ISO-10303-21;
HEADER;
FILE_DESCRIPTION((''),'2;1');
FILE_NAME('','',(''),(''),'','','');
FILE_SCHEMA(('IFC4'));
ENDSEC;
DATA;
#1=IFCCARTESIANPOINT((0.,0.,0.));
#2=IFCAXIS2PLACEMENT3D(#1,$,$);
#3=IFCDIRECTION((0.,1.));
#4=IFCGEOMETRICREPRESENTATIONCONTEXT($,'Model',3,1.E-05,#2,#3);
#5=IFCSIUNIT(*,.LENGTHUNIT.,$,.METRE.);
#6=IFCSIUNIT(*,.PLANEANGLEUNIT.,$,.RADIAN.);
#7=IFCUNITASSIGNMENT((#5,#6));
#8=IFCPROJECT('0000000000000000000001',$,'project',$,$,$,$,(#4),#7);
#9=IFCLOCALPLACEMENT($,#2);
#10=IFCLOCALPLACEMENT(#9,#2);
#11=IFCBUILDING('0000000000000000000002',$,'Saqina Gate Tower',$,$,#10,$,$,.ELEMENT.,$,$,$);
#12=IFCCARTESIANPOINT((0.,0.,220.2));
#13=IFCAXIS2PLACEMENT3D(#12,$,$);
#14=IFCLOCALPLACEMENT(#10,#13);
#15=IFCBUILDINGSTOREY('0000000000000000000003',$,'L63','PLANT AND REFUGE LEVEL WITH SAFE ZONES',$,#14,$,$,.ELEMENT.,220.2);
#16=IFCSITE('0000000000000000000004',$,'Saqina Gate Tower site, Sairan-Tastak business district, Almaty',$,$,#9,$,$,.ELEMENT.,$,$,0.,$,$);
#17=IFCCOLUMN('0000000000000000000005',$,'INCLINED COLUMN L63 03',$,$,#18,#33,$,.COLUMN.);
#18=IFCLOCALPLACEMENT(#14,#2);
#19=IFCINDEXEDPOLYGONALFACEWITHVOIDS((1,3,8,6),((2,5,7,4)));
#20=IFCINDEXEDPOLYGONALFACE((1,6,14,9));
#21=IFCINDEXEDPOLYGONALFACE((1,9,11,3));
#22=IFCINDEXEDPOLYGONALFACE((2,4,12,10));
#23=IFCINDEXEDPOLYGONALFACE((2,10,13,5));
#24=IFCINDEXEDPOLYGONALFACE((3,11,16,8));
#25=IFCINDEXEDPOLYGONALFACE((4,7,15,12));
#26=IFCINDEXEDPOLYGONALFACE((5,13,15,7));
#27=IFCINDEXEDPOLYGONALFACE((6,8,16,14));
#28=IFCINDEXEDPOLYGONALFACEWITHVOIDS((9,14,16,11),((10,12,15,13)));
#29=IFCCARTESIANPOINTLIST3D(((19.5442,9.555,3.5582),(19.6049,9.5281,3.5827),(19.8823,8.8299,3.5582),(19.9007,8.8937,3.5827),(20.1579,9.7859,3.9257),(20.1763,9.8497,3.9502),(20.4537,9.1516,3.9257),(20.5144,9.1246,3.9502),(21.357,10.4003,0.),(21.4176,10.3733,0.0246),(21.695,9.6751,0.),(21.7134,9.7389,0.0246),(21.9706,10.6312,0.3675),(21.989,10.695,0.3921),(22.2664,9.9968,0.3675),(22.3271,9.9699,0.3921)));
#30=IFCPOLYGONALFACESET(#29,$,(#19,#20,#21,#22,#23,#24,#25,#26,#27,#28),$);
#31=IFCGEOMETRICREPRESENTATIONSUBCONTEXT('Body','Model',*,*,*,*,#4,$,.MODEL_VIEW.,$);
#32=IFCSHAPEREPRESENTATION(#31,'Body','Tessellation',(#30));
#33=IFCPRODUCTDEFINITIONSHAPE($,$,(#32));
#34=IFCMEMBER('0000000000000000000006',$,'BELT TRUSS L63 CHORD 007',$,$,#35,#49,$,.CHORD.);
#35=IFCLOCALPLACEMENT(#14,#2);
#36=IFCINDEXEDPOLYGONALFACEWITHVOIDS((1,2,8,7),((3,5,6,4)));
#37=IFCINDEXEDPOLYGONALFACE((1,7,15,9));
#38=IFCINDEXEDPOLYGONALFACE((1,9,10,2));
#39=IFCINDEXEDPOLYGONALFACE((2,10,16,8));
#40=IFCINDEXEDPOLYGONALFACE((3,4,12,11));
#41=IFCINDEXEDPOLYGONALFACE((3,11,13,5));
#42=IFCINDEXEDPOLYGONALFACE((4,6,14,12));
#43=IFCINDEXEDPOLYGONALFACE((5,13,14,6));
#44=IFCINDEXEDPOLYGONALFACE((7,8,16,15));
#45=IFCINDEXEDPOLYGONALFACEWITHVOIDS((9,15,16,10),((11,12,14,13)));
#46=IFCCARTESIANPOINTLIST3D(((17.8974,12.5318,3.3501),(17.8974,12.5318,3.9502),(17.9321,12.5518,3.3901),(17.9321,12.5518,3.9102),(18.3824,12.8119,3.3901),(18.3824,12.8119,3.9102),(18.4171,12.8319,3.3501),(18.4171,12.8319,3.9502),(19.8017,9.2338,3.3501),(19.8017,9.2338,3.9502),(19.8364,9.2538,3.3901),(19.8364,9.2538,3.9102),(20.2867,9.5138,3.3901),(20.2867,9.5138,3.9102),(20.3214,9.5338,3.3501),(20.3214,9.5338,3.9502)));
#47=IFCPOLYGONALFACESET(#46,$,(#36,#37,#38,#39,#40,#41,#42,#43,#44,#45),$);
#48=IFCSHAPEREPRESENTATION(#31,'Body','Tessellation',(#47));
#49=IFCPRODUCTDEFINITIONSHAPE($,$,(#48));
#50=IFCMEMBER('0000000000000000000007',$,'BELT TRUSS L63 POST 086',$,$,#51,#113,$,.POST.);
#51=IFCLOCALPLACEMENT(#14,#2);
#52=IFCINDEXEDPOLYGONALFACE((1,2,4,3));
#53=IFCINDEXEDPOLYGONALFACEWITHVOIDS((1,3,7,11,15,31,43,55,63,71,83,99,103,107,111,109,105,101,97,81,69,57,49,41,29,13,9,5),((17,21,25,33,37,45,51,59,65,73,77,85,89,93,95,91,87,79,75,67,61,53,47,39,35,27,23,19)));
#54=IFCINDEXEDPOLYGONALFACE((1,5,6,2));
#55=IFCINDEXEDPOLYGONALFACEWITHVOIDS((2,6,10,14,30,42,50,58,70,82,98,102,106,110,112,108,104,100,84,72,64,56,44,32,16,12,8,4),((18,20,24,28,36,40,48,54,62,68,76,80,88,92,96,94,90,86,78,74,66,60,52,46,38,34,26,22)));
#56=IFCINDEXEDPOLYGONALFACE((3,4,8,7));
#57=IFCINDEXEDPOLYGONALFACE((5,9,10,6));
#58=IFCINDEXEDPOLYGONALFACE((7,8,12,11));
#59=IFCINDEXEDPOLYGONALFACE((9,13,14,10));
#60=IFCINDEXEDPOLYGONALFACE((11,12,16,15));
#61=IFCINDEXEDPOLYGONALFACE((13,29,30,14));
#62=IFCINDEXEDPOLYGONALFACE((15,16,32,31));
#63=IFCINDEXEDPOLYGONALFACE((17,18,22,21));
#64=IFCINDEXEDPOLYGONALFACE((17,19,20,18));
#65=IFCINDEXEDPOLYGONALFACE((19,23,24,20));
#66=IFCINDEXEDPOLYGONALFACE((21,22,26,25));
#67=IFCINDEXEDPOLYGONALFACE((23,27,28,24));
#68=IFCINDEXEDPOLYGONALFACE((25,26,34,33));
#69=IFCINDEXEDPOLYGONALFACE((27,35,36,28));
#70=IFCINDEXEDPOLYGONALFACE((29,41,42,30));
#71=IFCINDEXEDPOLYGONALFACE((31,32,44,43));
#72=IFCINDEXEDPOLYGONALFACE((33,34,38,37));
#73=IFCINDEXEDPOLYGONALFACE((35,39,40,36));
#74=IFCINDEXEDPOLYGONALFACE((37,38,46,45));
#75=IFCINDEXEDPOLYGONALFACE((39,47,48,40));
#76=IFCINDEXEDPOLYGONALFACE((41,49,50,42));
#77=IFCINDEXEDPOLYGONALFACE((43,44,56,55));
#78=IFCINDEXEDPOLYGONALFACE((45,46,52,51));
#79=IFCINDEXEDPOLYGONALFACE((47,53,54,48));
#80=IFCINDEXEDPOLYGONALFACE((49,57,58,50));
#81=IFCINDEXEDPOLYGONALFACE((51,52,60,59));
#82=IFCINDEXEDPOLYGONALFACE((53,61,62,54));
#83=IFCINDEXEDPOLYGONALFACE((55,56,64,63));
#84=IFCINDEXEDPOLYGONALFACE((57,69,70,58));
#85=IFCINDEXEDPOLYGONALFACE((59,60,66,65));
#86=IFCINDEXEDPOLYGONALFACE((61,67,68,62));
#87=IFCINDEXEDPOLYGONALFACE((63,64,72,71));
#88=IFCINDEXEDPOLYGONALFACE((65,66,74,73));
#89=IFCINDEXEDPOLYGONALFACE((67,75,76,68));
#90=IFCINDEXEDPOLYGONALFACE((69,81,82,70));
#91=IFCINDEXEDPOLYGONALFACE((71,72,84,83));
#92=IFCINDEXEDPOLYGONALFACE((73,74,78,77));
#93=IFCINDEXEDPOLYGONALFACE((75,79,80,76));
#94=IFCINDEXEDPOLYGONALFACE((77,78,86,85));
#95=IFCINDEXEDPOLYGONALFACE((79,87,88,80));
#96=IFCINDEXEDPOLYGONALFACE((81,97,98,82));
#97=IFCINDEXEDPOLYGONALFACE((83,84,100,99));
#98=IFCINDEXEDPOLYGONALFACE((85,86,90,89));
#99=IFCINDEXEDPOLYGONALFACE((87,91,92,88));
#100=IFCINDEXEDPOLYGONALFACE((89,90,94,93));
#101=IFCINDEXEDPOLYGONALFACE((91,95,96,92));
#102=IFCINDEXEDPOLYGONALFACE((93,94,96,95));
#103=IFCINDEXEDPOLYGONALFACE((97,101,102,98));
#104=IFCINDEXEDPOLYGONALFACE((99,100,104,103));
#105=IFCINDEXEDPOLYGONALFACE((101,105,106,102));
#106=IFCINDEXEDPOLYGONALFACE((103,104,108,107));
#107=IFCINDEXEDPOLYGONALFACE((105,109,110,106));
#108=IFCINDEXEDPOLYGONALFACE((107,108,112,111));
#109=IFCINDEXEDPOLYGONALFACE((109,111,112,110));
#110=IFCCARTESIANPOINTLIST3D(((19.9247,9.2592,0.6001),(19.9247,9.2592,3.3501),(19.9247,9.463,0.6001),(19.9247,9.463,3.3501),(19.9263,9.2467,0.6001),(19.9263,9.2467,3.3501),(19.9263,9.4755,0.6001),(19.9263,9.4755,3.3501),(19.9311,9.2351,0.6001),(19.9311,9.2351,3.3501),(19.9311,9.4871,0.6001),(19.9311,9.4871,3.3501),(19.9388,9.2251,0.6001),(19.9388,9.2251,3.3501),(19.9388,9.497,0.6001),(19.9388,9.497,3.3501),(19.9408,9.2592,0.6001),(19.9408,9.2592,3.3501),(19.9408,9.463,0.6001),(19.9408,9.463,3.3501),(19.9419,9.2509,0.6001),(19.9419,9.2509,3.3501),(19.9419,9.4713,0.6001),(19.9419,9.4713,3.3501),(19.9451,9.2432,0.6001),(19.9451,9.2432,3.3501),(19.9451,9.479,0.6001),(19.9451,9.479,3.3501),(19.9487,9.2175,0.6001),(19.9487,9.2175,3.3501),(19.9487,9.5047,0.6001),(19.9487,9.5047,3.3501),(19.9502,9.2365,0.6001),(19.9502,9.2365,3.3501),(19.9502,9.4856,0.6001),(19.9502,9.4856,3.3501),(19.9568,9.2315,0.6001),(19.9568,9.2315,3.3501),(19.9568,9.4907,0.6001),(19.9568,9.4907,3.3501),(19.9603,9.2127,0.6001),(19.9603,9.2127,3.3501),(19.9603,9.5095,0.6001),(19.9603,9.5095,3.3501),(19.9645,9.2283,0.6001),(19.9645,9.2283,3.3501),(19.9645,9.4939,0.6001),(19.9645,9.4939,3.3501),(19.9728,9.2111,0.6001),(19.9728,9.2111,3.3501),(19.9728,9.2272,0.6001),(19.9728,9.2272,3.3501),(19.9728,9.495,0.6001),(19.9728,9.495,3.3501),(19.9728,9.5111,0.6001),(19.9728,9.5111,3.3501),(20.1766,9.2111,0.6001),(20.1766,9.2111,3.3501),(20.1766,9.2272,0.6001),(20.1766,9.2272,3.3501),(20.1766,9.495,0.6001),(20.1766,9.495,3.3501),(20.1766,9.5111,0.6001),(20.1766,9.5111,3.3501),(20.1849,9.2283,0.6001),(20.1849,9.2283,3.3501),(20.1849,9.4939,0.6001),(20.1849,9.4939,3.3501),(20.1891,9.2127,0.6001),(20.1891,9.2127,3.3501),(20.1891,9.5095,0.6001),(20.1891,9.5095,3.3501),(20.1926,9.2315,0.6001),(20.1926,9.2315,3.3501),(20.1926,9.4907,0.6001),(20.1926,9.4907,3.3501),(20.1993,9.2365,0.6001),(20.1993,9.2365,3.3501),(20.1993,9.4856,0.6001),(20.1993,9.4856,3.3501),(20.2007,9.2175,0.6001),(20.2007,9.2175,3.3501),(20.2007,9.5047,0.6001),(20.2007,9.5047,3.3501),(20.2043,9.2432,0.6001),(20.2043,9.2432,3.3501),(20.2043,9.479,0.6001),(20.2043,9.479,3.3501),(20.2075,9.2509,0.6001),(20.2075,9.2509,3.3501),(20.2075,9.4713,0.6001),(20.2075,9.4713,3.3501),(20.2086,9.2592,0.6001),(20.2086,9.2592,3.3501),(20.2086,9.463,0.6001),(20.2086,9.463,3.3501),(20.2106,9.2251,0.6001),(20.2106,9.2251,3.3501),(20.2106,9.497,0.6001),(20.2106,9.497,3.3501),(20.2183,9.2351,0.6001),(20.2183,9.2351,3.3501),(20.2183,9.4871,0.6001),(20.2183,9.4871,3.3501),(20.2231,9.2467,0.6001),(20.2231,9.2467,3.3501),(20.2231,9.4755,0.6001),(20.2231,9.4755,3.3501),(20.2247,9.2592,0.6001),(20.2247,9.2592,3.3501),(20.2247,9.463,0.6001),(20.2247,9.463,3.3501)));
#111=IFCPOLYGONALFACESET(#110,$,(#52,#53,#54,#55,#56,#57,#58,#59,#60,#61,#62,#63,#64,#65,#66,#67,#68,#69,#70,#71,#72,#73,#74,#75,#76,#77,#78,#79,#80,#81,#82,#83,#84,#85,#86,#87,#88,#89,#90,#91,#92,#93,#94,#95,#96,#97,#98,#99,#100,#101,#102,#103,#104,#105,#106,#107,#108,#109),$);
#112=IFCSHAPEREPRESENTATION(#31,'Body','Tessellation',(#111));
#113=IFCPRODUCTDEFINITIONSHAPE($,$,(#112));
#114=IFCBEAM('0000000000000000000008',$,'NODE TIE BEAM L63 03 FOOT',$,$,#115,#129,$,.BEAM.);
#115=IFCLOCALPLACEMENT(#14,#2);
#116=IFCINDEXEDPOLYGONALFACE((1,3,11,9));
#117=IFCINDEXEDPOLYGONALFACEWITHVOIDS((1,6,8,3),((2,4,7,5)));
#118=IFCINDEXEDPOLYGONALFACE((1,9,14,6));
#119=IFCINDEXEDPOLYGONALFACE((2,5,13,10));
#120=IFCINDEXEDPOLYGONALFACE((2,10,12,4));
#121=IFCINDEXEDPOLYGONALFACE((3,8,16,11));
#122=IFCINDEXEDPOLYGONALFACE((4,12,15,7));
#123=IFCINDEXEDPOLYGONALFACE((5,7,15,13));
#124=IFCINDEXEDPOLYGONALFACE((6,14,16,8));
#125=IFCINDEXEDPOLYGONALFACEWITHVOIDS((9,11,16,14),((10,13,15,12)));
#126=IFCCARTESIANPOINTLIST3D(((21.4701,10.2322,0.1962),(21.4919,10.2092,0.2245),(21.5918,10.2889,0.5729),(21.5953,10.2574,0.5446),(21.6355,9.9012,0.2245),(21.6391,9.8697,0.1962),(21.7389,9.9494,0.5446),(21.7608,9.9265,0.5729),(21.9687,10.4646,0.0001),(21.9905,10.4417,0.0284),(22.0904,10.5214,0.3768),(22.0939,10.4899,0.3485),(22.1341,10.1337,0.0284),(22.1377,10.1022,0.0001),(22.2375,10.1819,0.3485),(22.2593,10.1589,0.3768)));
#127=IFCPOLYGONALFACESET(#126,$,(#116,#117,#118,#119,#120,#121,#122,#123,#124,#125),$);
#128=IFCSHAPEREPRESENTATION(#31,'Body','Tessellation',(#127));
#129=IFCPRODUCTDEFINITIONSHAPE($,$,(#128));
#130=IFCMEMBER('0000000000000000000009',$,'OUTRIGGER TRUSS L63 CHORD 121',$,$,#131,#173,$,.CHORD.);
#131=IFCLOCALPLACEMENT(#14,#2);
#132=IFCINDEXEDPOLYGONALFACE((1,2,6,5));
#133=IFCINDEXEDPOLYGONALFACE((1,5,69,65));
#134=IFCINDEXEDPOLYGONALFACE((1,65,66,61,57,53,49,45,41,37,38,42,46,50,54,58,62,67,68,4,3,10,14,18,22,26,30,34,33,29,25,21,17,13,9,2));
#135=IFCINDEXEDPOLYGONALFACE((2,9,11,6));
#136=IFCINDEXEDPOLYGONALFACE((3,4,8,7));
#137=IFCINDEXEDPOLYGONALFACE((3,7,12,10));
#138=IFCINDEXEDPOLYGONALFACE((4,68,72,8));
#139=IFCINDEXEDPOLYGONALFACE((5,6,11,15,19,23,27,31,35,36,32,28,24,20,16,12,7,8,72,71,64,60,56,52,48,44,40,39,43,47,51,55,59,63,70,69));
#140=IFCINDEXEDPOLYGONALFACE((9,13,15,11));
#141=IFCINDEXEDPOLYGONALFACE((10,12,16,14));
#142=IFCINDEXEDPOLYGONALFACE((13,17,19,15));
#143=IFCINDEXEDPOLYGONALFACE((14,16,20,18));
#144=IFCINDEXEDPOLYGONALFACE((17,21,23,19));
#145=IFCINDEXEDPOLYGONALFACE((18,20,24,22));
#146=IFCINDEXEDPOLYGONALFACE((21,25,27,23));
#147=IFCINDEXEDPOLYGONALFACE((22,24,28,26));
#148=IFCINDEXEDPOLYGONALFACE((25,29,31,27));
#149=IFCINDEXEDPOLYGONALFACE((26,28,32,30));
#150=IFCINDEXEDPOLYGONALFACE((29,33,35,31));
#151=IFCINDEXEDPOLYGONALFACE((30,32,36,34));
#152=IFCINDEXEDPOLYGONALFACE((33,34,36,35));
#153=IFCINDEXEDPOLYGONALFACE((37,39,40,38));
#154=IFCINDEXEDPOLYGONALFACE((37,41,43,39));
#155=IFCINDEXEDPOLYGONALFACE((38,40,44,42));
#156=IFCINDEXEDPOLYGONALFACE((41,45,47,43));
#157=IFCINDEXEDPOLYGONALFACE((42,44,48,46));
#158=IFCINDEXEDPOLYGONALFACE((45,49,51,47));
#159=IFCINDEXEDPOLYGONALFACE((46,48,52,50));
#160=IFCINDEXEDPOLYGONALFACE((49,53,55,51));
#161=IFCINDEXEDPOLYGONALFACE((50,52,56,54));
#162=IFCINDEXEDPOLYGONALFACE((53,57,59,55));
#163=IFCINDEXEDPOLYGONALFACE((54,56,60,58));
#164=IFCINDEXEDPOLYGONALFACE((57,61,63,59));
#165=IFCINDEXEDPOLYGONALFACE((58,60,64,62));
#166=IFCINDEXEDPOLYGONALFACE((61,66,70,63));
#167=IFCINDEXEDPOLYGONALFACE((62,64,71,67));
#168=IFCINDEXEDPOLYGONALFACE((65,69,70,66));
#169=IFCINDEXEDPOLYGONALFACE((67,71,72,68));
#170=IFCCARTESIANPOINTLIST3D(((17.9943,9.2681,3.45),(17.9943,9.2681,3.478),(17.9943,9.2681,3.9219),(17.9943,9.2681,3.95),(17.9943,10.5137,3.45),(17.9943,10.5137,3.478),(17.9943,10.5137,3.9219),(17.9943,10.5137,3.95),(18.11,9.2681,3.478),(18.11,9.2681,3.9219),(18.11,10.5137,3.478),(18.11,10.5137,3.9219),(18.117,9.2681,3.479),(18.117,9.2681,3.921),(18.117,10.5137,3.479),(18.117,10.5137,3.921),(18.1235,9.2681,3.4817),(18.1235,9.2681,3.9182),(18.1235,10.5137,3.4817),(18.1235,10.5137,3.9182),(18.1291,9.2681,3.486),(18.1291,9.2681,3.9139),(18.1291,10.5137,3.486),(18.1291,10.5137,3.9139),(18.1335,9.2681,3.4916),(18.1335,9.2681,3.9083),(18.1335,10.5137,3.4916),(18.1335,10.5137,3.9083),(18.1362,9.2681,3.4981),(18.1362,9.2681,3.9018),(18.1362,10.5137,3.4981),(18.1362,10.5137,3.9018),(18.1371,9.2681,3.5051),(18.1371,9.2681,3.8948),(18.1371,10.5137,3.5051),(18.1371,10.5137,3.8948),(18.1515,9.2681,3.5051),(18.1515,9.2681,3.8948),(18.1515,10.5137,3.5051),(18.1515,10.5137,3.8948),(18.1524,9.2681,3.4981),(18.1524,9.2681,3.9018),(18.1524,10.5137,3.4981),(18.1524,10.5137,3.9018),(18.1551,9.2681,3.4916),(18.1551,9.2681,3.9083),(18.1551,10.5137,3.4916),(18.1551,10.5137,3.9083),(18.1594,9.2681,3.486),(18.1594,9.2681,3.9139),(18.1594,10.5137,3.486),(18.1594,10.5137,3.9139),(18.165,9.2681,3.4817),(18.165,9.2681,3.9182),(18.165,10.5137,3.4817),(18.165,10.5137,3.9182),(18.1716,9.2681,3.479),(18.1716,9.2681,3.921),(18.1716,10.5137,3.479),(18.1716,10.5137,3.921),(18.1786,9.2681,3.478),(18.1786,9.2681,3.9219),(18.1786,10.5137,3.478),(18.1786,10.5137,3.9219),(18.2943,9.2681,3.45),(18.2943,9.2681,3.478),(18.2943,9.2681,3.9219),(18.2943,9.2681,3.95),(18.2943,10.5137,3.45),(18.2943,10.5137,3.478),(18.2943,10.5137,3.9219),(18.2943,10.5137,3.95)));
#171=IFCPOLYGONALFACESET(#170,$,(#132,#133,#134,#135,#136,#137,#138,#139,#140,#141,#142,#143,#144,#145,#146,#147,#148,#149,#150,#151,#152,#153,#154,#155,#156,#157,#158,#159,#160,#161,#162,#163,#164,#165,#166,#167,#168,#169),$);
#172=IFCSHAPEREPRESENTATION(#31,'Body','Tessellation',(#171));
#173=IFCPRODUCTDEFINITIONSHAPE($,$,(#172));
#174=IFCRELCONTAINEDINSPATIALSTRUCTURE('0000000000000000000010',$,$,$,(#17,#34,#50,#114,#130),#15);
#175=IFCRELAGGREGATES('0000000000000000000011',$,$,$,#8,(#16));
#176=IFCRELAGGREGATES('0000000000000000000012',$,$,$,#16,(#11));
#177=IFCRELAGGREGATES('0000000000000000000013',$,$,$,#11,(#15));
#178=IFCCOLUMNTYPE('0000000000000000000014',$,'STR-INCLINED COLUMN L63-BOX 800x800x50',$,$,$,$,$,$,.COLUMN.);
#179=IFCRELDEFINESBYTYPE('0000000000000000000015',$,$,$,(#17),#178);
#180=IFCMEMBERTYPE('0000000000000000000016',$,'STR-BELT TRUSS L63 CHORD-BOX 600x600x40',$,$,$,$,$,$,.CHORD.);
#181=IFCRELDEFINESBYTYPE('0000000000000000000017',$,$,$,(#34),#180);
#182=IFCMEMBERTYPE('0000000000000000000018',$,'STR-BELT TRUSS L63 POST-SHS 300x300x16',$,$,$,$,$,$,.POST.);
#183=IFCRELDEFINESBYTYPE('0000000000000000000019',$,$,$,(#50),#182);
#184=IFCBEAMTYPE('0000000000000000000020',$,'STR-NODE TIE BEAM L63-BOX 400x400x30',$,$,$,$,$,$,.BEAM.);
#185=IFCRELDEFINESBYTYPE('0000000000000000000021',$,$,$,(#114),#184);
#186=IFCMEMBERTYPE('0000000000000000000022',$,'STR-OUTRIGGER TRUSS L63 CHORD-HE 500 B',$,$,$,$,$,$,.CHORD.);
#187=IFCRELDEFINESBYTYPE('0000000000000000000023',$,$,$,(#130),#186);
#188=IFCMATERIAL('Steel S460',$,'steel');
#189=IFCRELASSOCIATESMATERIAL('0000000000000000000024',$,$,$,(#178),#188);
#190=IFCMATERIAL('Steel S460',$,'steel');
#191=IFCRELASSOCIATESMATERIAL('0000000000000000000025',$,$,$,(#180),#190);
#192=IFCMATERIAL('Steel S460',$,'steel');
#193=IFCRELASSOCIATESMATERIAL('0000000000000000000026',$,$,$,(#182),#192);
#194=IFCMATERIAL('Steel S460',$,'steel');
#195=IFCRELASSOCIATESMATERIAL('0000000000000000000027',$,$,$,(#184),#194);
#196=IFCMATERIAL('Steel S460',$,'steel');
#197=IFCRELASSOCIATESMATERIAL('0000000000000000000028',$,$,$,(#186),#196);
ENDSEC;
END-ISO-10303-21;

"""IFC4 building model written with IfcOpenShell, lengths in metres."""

from ifc_helpers import new_model, si_unit, direction, frame, origin, origin_2d, place, context, subcontext, project, spatial, hollow_rectangle, i_section, extrude, material, material_profile, profile_set, type_object, element, save


model = new_model("IFC4")

# Units and contexts
model_context = context("Model", 3, precision=1e-05, world=origin(), true_north=direction((0.0, 1.0)))
body_context = subcontext(model_context, "Body", "Model", "MODEL_VIEW")
ifc_project = project(units=[si_unit("LENGTHUNIT", "METRE"), si_unit("PLANEANGLEUNIT", "RADIAN")], contexts=[model_context])

# Site, building, storey
site_placement = place(None, origin())
site = spatial("IfcSite", under=ifc_project, at=site_placement, Name="Saqina Gate Tower site, Sairan-Tastak business district, Almaty", CompositionType="ELEMENT", RefElevation=0.0)
building_placement = place(site_placement, origin())
building = spatial("IfcBuilding", under=site, at=building_placement, Name="Saqina Gate Tower", CompositionType="ELEMENT")
storey_placement = place(building_placement, frame((0.0, 0.0, 220.2)))
storey = spatial("IfcBuildingStorey", under=building, at=storey_placement, Name="L63", Description="PLANT AND REFUGE LEVEL WITH SAFE ZONES", CompositionType="ELEMENT", Elevation=220.2)

# Column
ifc_material_1 = material(Name="Steel S460", Category="steel")
ifc_material_profile_1 = material_profile(ifc_material_1, hollow_rectangle(XDim=0.8, YDim=0.8, WallThickness=0.05, at=origin_2d()), Name="BOX 800x800x50")
ifc_profile_set_1 = profile_set([ifc_material_profile_1], Name="Steel S460")
column_type = type_object("IfcColumnType", Name="STR-INCLINED COLUMN L63-BOX 800x800x50", PredefinedType="COLUMN", material=ifc_profile_set_1)
column_placement = place(storey_placement, frame((21.842, 10.1851, 0.196), z_axis=(-0.444111, -0.207073, 0.871714), x_axis=(0.422585, -0.906323, 0.0)))
element("IfcColumn", 1, at=column_placement, inside=storey, type_object=column_type, Name="INCLINED COLUMN L63 03", PredefinedType="COLUMN", context=body_context, shape_type="SweptSolid", body=[
    extrude(hollow_rectangle(XDim=0.8, YDim=0.8, WallThickness=0.05, at=origin_2d()), origin(), (0.0, 0.0, 1.0), 4.0818),
])

# Members
ifc_material_2 = material(Name="Steel S460", Category="steel")
ifc_material_profile_2 = material_profile(ifc_material_2, hollow_rectangle(XDim=0.6001, YDim=0.6001, WallThickness=0.04, at=origin_2d()), Name="BOX 600x600x40")
ifc_profile_set_2 = profile_set([ifc_material_profile_2], Name="Steel S460")
member_type_1 = type_object("IfcMemberType", Name="STR-BELT TRUSS L63 CHORD-BOX 600x600x40", PredefinedType="CHORD", material=ifc_profile_set_2)
member_1_placement = place(storey_placement, frame((20.0615, 9.3838, 3.6501), z_axis=(-0.500028, 0.866009, 0.0), x_axis=(-0.866009, -0.500028, 0.0)))
element("IfcMember", 2, at=member_1_placement, inside=storey, type_object=member_type_1, Name="BELT TRUSS L63 CHORD 007", PredefinedType="CHORD", context=body_context, shape_type="SweptSolid", body=[
    extrude(hollow_rectangle(XDim=0.6001, YDim=0.6001, WallThickness=0.04, at=origin_2d()), origin(), (0.0, 0.0, 1.0), 3.8083),
])
ifc_material_3 = material(Name="Steel S460", Category="steel")
ifc_material_profile_3 = material_profile(ifc_material_3, hollow_rectangle(XDim=0.3, YDim=0.3, WallThickness=0.0161, InnerFilletRadius=0.032, OuterFilletRadius=0.0481, at=origin_2d()), Name="SHS 300x300x16")
ifc_profile_set_3 = profile_set([ifc_material_profile_3], Name="Steel S460")
member_type_2 = type_object("IfcMemberType", Name="STR-BELT TRUSS L63 POST-SHS 300x300x16", PredefinedType="POST", material=ifc_profile_set_3)
member_2_placement = place(storey_placement, frame((20.0747, 9.3611, 0.6001), z_axis=(0.0, 0.0, 1.0), x_axis=(1.0, 0.0, 0.0)))
element("IfcMember", 3, at=member_2_placement, inside=storey, type_object=member_type_2, Name="BELT TRUSS L63 POST 086", PredefinedType="POST", context=body_context, shape_type="SweptSolid", body=[
    extrude(hollow_rectangle(XDim=0.3, YDim=0.3, WallThickness=0.0161, InnerFilletRadius=0.032, OuterFilletRadius=0.0481, at=origin_2d()), origin(), (0.0, 0.0, 1.0), 2.75),
])

# Beam
ifc_material_4 = material(Name="Steel S460", Category="steel")
ifc_material_profile_4 = material_profile(ifc_material_4, hollow_rectangle(XDim=0.3999, YDim=0.3999, WallThickness=0.03, at=origin_2d()), Name="BOX 400x400x30")
ifc_profile_set_4 = profile_set([ifc_material_profile_4], Name="Steel S460")
beam_type = type_object("IfcBeamType", Name="STR-NODE TIE BEAM L63-BOX 400x400x30", PredefinedType="BEAM", material=ifc_profile_set_4)
beam_placement = place(storey_placement, frame((22.114, 10.3118, 0.1885), z_axis=(-0.853738, -0.398021, 0.335725), x_axis=(0.422545, -0.906342, 0.0)))
element("IfcBeam", 4, at=beam_placement, inside=storey, type_object=beam_type, Name="NODE TIE BEAM L63 03 FOOT", PredefinedType="BEAM", context=body_context, shape_type="SweptSolid", body=[
    extrude(hollow_rectangle(XDim=0.3999, YDim=0.3999, WallThickness=0.03, at=origin_2d()), origin(), (0.0, 0.0, 1.0), 0.584),
])

# Member
ifc_material_5 = material(Name="Steel S460", Category="steel")
ifc_material_profile_5 = material_profile(ifc_material_5, i_section(OverallWidth=0.3, OverallDepth=0.5, WebThickness=0.0144, FlangeThickness=0.0281, FilletRadius=0.0271, at=origin_2d()), Name="HE 500 B")
ifc_profile_set_5 = profile_set([ifc_material_profile_5], Name="Steel S460")
member_type_3 = type_object("IfcMemberType", Name="STR-OUTRIGGER TRUSS L63 CHORD-HE 500 B", PredefinedType="CHORD", material=ifc_profile_set_5)
member_3_placement = place(storey_placement, frame((18.1443, 9.2681, 3.7), z_axis=(0.0, 1.0, 0.0), x_axis=(-1.0, 0.0, 0.0)))
element("IfcMember", 5, at=member_3_placement, inside=storey, type_object=member_type_3, Name="OUTRIGGER TRUSS L63 CHORD 121", PredefinedType="CHORD", context=body_context, shape_type="SweptSolid", body=[
    extrude(i_section(OverallWidth=0.3, OverallDepth=0.5, WebThickness=0.0144, FlangeThickness=0.0281, FilletRadius=0.0271, at=origin_2d()), origin(), (0.0, 0.0, 1.0), 1.2456),
])

save(model, "model.ifc")
